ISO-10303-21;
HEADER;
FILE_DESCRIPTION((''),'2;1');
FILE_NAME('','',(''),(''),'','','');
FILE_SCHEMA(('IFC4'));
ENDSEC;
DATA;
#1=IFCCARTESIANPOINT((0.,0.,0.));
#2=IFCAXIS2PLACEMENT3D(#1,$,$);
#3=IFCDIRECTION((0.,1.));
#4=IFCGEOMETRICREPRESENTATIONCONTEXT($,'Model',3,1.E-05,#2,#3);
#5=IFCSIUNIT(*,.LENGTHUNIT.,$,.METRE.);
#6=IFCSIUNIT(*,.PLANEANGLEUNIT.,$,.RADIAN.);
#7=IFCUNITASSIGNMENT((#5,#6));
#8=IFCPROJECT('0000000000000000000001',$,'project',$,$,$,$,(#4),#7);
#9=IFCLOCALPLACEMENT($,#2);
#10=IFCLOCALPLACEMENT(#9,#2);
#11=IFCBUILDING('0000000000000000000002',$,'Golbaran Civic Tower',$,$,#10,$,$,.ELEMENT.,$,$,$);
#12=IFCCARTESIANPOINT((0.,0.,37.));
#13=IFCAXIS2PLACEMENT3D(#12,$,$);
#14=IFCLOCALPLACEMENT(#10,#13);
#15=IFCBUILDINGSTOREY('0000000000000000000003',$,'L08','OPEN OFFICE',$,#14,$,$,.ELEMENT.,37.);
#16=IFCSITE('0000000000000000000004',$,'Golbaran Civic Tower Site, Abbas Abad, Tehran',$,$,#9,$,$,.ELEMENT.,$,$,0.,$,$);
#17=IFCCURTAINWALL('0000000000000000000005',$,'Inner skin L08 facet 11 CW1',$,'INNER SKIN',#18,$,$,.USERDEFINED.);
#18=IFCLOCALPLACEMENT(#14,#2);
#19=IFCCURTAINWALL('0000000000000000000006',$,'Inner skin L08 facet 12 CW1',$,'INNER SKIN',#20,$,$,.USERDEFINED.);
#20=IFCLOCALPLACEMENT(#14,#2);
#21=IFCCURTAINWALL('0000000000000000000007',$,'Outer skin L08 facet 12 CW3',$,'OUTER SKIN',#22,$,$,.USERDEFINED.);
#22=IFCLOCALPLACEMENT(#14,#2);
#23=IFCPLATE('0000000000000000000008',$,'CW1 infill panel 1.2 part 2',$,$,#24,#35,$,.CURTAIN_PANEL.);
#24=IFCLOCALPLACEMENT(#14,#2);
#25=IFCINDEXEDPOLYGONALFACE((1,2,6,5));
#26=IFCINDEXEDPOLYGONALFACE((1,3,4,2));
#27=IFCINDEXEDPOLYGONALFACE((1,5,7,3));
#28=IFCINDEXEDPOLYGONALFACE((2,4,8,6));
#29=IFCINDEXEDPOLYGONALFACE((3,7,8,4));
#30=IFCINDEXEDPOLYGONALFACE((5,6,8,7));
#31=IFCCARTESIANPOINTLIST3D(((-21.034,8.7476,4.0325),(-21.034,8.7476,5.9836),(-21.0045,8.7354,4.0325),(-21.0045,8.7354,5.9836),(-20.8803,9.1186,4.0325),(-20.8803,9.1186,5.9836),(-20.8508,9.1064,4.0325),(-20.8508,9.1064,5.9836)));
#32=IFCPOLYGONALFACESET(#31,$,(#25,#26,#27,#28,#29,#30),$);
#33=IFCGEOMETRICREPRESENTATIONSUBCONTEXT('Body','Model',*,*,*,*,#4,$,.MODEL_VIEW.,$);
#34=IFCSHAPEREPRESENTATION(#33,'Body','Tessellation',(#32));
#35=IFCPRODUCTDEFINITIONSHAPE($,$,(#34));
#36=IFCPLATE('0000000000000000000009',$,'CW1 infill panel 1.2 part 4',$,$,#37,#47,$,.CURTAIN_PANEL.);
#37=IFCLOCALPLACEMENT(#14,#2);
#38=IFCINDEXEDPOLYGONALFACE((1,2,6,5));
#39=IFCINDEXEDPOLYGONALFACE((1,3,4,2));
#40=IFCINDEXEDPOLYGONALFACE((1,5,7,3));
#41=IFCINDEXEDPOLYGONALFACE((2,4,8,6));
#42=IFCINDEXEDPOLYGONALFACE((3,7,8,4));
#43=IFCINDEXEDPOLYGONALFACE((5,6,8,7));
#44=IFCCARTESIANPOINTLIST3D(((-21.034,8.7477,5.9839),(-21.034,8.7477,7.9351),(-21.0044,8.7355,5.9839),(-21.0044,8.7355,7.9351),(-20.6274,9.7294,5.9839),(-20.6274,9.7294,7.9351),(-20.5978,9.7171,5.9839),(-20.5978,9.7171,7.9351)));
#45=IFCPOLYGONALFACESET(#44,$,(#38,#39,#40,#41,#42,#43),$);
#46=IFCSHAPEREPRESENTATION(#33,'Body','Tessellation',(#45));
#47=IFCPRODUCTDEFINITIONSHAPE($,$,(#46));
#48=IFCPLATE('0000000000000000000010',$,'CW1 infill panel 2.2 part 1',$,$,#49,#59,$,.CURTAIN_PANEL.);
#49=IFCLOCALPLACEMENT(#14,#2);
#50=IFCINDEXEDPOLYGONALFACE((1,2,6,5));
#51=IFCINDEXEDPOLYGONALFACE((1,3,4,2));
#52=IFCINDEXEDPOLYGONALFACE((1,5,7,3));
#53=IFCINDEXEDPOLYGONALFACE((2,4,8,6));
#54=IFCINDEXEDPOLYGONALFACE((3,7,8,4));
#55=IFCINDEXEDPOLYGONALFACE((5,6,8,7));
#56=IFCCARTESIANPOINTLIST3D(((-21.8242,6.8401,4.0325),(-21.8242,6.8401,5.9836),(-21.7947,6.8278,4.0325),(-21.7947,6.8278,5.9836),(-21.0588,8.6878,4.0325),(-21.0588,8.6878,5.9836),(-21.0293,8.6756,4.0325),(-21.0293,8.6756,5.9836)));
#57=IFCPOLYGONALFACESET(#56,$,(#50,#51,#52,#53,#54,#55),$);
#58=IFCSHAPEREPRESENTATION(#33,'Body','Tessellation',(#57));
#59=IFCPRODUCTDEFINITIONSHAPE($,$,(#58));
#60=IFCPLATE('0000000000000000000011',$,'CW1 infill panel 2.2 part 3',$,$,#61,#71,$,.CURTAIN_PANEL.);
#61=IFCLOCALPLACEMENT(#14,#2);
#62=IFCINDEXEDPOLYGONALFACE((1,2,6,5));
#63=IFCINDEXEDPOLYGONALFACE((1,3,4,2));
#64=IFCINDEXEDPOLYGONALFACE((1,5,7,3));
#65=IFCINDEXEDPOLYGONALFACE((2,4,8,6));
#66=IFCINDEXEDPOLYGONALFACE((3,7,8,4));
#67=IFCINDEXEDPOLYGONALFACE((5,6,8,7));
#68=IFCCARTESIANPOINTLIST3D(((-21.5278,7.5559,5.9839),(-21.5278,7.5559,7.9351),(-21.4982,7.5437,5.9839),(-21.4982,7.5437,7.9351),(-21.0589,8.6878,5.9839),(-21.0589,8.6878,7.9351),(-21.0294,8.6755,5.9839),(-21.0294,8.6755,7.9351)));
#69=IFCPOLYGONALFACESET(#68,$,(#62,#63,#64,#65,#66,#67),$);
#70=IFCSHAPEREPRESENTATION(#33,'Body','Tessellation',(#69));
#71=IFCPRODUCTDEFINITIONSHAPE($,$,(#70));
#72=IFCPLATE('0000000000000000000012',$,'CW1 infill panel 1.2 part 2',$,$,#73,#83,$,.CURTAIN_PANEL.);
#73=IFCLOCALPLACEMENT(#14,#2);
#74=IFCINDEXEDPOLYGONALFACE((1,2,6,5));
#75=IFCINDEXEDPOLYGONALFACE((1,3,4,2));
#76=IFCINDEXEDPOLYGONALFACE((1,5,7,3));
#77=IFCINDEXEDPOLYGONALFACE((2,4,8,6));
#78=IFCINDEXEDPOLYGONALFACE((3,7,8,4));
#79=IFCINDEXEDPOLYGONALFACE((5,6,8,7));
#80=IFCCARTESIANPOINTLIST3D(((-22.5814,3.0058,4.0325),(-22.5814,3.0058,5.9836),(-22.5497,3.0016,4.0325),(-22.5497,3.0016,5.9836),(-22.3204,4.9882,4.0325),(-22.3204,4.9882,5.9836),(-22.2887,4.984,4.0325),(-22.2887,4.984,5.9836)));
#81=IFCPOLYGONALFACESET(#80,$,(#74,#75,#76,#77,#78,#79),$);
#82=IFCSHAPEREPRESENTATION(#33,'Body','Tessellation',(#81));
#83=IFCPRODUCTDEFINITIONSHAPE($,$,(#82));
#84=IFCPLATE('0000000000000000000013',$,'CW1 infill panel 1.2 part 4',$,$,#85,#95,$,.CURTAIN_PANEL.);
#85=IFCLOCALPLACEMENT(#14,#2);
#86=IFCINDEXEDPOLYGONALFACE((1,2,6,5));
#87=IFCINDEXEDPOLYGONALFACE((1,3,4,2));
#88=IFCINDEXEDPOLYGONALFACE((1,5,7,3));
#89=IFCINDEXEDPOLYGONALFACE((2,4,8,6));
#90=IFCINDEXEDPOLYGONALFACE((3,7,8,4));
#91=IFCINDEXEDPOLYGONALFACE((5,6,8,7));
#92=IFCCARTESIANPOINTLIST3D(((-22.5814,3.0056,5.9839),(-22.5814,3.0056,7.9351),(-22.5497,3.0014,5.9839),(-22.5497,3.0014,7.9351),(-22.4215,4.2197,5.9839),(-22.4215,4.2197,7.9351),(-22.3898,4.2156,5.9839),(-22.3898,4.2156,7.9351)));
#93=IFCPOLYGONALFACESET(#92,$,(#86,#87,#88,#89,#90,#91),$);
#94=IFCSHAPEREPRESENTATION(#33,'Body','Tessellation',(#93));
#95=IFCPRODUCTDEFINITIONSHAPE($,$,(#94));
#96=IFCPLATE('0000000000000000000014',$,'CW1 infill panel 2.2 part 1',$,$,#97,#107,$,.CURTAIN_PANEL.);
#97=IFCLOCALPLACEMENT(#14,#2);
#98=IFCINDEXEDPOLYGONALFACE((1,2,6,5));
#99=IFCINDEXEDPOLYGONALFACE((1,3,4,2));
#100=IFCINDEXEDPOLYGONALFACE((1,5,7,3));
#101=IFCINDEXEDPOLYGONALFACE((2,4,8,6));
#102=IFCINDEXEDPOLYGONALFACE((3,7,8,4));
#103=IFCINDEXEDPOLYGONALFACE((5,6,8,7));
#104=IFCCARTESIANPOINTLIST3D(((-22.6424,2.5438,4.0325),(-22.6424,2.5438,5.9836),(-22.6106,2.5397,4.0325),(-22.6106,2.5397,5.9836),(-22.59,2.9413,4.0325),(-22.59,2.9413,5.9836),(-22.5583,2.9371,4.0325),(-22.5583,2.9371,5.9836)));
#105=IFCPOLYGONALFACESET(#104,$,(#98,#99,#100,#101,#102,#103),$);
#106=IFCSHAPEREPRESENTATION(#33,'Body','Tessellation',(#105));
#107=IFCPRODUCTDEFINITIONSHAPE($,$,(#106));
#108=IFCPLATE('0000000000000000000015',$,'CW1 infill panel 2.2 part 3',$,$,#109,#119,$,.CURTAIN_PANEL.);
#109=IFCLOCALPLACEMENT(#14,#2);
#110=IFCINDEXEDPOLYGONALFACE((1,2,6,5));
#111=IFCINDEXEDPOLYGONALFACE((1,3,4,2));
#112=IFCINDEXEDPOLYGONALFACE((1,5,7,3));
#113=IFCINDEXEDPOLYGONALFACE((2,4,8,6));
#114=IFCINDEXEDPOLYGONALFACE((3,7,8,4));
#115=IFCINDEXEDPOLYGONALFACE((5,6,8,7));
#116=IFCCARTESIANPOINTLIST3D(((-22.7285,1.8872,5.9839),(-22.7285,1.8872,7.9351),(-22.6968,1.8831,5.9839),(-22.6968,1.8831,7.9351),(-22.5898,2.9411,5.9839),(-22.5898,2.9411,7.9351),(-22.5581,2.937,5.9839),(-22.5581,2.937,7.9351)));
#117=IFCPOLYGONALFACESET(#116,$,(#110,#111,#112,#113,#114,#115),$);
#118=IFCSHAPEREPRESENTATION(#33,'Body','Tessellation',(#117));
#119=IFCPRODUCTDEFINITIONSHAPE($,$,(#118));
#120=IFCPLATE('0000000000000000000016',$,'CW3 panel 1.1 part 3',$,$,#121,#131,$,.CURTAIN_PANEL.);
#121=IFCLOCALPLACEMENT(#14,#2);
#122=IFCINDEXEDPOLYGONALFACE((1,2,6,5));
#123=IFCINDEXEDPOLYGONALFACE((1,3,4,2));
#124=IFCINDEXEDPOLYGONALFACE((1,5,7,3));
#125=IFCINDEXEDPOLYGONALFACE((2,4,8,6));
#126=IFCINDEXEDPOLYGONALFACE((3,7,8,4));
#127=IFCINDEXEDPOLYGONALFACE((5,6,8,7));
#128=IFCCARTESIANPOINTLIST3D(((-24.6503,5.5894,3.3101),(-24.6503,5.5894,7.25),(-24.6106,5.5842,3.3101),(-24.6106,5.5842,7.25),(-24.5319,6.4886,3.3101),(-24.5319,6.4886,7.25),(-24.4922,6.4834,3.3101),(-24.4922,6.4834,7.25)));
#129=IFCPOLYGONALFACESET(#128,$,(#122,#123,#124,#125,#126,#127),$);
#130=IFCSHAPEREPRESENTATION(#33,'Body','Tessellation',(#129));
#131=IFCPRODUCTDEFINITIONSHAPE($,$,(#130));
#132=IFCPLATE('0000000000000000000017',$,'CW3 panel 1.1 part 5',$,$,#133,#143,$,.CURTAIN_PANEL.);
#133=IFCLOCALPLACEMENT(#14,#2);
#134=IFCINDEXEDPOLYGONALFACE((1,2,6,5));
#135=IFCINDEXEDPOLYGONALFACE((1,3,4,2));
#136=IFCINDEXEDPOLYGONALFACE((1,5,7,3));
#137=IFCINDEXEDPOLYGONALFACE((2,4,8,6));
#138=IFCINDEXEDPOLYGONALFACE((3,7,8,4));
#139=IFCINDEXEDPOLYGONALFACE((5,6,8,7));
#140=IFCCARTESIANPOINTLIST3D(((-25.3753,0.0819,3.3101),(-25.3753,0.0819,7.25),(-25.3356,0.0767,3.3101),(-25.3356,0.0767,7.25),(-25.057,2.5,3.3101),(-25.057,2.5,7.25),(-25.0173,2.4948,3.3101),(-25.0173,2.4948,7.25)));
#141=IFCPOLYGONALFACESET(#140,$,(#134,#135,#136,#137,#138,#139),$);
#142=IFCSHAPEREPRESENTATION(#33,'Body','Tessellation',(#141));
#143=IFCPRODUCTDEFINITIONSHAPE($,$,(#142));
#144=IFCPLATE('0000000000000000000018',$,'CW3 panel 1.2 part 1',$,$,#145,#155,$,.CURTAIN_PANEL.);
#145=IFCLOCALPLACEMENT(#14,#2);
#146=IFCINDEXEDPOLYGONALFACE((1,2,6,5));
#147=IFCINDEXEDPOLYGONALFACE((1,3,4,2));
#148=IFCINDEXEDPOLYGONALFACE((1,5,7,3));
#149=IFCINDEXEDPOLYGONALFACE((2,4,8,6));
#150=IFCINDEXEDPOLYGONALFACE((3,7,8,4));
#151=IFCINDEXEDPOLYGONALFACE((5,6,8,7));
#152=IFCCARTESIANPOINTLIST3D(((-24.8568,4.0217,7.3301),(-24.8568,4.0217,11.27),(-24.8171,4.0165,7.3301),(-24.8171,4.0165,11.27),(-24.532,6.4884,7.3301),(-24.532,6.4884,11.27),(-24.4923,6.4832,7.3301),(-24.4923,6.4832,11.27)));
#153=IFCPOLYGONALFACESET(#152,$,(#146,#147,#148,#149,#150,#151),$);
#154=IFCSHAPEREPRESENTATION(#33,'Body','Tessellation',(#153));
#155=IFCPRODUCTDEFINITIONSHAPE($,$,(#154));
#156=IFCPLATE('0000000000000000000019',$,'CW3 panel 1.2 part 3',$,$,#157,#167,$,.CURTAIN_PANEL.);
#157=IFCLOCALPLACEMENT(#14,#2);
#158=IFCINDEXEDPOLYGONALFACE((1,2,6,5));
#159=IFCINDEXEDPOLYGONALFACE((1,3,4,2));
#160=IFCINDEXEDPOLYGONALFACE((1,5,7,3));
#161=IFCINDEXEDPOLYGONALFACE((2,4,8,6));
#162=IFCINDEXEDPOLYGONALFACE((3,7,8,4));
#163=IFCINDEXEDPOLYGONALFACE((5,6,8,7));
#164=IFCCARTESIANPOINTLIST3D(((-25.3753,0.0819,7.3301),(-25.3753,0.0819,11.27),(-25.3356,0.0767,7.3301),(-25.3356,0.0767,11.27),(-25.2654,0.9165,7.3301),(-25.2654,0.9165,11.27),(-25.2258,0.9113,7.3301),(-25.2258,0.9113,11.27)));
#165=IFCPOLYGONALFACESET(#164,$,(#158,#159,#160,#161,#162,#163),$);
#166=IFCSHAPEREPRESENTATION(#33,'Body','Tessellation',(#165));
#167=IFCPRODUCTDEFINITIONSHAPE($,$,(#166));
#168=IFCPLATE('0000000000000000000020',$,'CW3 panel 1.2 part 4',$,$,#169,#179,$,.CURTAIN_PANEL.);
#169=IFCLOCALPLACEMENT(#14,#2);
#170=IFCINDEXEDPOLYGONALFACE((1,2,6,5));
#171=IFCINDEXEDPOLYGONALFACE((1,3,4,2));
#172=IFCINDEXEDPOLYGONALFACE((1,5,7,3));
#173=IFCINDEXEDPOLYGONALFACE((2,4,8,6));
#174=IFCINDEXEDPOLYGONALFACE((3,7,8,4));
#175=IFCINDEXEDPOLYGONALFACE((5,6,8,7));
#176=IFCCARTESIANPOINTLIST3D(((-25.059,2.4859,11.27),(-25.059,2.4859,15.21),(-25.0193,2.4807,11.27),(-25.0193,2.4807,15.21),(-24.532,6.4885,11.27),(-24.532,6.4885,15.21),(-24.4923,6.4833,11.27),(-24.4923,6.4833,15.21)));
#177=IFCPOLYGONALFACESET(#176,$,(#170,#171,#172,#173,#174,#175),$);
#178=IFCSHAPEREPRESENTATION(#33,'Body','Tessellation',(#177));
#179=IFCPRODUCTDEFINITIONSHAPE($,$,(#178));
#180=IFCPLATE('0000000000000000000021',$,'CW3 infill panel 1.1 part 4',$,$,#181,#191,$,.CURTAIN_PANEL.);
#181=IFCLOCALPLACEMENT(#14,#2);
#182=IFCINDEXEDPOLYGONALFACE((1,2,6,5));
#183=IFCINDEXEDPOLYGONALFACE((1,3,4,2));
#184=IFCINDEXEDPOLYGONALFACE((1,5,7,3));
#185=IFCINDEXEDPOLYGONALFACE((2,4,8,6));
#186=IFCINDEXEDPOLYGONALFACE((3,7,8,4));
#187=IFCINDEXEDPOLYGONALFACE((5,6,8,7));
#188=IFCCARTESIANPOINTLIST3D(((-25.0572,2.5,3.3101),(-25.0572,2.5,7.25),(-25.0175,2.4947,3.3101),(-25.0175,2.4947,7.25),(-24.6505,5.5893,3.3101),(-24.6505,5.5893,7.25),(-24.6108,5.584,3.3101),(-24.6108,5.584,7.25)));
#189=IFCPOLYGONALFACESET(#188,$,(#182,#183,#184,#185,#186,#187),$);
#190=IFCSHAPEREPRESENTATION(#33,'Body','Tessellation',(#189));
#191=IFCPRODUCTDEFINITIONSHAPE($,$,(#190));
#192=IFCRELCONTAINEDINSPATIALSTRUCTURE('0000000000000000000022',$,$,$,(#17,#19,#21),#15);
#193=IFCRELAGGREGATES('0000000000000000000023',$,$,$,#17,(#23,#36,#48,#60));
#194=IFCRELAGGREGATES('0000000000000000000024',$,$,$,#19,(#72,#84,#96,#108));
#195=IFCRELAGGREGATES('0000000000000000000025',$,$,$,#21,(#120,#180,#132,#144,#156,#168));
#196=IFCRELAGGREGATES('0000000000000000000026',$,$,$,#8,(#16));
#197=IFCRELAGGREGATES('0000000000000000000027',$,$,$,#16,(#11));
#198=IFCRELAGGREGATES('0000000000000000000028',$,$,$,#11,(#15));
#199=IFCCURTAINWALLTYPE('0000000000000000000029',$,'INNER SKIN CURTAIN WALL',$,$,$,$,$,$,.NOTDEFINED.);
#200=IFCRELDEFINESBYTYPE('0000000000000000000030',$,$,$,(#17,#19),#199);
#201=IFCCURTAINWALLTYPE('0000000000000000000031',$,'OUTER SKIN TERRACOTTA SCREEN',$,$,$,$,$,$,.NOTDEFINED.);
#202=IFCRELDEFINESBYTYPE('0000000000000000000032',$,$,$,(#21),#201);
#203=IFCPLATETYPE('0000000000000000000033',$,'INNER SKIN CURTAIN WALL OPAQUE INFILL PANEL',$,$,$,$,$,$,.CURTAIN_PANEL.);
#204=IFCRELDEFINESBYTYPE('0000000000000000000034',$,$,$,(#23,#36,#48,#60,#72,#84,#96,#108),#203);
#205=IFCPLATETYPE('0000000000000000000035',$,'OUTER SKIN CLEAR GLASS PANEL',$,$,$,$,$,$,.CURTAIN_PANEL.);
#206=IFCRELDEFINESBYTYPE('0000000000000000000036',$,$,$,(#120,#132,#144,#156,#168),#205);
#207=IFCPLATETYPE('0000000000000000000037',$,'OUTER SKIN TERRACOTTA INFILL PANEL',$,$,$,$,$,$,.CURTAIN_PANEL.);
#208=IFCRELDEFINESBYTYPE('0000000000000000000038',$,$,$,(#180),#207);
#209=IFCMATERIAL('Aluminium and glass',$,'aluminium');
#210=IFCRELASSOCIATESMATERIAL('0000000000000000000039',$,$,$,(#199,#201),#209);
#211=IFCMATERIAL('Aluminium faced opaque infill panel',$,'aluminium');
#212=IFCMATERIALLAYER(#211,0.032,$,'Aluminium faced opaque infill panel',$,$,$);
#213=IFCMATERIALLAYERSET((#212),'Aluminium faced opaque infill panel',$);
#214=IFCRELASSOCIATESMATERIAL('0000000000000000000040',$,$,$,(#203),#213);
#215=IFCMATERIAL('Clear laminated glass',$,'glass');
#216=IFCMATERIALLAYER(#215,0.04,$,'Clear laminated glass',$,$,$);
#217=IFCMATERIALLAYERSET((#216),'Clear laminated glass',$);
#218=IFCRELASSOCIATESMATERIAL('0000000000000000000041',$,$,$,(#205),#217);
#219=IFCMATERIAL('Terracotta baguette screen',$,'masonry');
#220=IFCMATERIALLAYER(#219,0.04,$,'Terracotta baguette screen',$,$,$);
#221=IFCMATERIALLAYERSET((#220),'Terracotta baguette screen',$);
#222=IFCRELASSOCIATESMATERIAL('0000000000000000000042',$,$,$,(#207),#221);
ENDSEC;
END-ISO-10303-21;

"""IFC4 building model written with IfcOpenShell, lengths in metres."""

from ifc_helpers import new_model, si_unit, direction, frame, origin, origin_2d, place, context, subcontext, project, spatial, rectangle, extrude, material, layer, layer_set, type_object, element, aggregate, save


model = new_model("IFC4")

# Units and contexts
model_context = context("Model", 3, precision=1e-05, world=origin(), true_north=direction((0.0, 1.0)))
body_context = subcontext(model_context, "Body", "Model", "MODEL_VIEW")
ifc_project = project(units=[si_unit("LENGTHUNIT", "METRE"), si_unit("PLANEANGLEUNIT", "RADIAN")], contexts=[model_context])

# Site, building, storey
site_placement = place(None, origin())
site = spatial("IfcSite", under=ifc_project, at=site_placement, Name="Golbaran Civic Tower Site, Abbas Abad, Tehran", CompositionType="ELEMENT", RefElevation=0.0)
building_placement = place(site_placement, origin())
building = spatial("IfcBuilding", under=site, at=building_placement, Name="Golbaran Civic Tower", CompositionType="ELEMENT")
storey_placement = place(building_placement, frame((0.0, 0.0, 37.0)))
storey = spatial("IfcBuildingStorey", under=building, at=storey_placement, Name="L08", Description="OPEN OFFICE", CompositionType="ELEMENT", Elevation=37.0)

# Curtain walls
ifc_material_1 = material(Name="Aluminium and glass", Category="aluminium")
curtain_wall_type_1 = type_object("IfcCurtainWallType", Name="INNER SKIN CURTAIN WALL", PredefinedType="NOTDEFINED", material=ifc_material_1)
curtain_wall_1_placement = place(storey_placement, origin())
curtain_wall_1 = element("IfcCurtainWall", 1, at=curtain_wall_1_placement, inside=storey, type_object=curtain_wall_type_1, Name="Inner skin L08 facet 11 CW1", ObjectType="INNER SKIN", PredefinedType="USERDEFINED")
curtain_wall_2_placement = place(storey_placement, origin())
curtain_wall_2 = element("IfcCurtainWall", 2, at=curtain_wall_2_placement, inside=storey, type_object=curtain_wall_type_1, Name="Inner skin L08 facet 12 CW1", ObjectType="INNER SKIN", PredefinedType="USERDEFINED")
curtain_wall_type_2 = type_object("IfcCurtainWallType", Name="OUTER SKIN TERRACOTTA SCREEN", PredefinedType="NOTDEFINED", material=ifc_material_1)
curtain_wall_3_placement = place(storey_placement, origin())
curtain_wall_3 = element("IfcCurtainWall", 3, at=curtain_wall_3_placement, inside=storey, type_object=curtain_wall_type_2, Name="Outer skin L08 facet 12 CW3", ObjectType="OUTER SKIN", PredefinedType="USERDEFINED")

# Plates
ifc_material_2 = material(Name="Aluminium faced opaque infill panel", Category="aluminium")
ifc_layer_1 = layer(ifc_material_2, 0.032, Name="Aluminium faced opaque infill panel")
ifc_layer_set_1 = layer_set([ifc_layer_1], Name="Aluminium faced opaque infill panel")
plate_type_1 = type_object("IfcPlateType", Name="INNER SKIN CURTAIN WALL OPAQUE INFILL PANEL", PredefinedType="CURTAIN_PANEL", material=ifc_layer_set_1)
plate_1_placement = place(storey_placement, frame((-20.9424, 8.927, 4.0325), z_axis=(0.0, 0.0, 1.0), x_axis=(-0.382683, -0.92388, 0.0)))
plate_1 = element("IfcPlate", 4, at=plate_1_placement, type_object=plate_type_1, Name="CW1 infill panel 1.2 part 2", PredefinedType="CURTAIN_PANEL", context=body_context, shape_type="SweptSolid", body=[
    extrude(rectangle(XDim=0.4016, YDim=0.032, at=origin_2d()), origin(), (0.0, 0.0, 1.0), 1.9512),
])
plate_2_placement = place(storey_placement, frame((-20.8159, 9.2324, 5.9839), z_axis=(0.0, 0.0, 1.0), x_axis=(-0.382683, -0.92388, 0.0)))
plate_2 = element("IfcPlate", 5, at=plate_2_placement, type_object=plate_type_1, Name="CW1 infill panel 1.2 part 4", PredefinedType="CURTAIN_PANEL", context=body_context, shape_type="SweptSolid", body=[
    extrude(rectangle(XDim=1.0625, YDim=0.032, at=origin_2d()), origin(), (0.0, 0.0, 1.0), 1.9512),
])
plate_3_placement = place(storey_placement, frame((-21.4268, 7.7578, 4.0325), z_axis=(0.0, 0.0, 1.0), x_axis=(-0.382683, -0.92388, 0.0)))
plate_3 = element("IfcPlate", 6, at=plate_3_placement, type_object=plate_type_1, Name="CW1 infill panel 2.2 part 1", PredefinedType="CURTAIN_PANEL", context=body_context, shape_type="SweptSolid", body=[
    extrude(rectangle(XDim=2.0, YDim=0.032, at=origin_2d()), origin(), (0.0, 0.0, 1.0), 1.9512),
])
plate_4_placement = place(storey_placement, frame((-21.2786, 8.1157, 5.9839), z_axis=(0.0, 0.0, 1.0), x_axis=(-0.382683, -0.92388, 0.0)))
plate_4 = element("IfcPlate", 7, at=plate_4_placement, type_object=plate_type_1, Name="CW1 infill panel 2.2 part 3", PredefinedType="CURTAIN_PANEL", context=body_context, shape_type="SweptSolid", body=[
    extrude(rectangle(XDim=1.2251, YDim=0.032, at=origin_2d()), origin(), (0.0, 0.0, 1.0), 1.9512),
])
aggregate(curtain_wall_1, [plate_1, plate_2, plate_3, plate_4])
plate_5_placement = place(storey_placement, frame((-22.4351, 3.9949, 4.0325), z_axis=(0.0, 0.0, 1.0), x_axis=(-0.130526, -0.991445, 0.0)))
plate_5 = element("IfcPlate", 8, at=plate_5_placement, type_object=plate_type_1, Name="CW1 infill panel 1.2 part 2", PredefinedType="CURTAIN_PANEL", context=body_context, shape_type="SweptSolid", body=[
    extrude(rectangle(XDim=1.9995, YDim=0.032, at=origin_2d()), origin(), (0.0, 0.0, 1.0), 1.9512),
])
plate_6_placement = place(storey_placement, frame((-22.4856, 3.6106, 5.9839), z_axis=(0.0, 0.0, 1.0), x_axis=(-0.130526, -0.991445, 0.0)))
plate_6 = element("IfcPlate", 9, at=plate_6_placement, type_object=plate_type_1, Name="CW1 infill panel 1.2 part 4", PredefinedType="CURTAIN_PANEL", context=body_context, shape_type="SweptSolid", body=[
    extrude(rectangle(XDim=1.2246, YDim=0.032, at=origin_2d()), origin(), (0.0, 0.0, 1.0), 1.9512),
])
plate_7_placement = place(storey_placement, frame((-22.6003, 2.7405, 4.0325), z_axis=(0.0, 0.0, 1.0), x_axis=(-0.130526, -0.991445, 0.0)))
plate_7 = element("IfcPlate", 10, at=plate_7_placement, type_object=plate_type_1, Name="CW1 infill panel 2.2 part 1", PredefinedType="CURTAIN_PANEL", context=body_context, shape_type="SweptSolid", body=[
    extrude(rectangle(XDim=0.4009, YDim=0.032, at=origin_2d()), origin(), (0.0, 0.0, 1.0), 1.9512),
])
plate_8_placement = place(storey_placement, frame((-22.6433, 2.4121, 5.9839), z_axis=(0.0, 0.0, 1.0), x_axis=(-0.130526, -0.991445, 0.0)))
plate_8 = element("IfcPlate", 11, at=plate_8_placement, type_object=plate_type_1, Name="CW1 infill panel 2.2 part 3", PredefinedType="CURTAIN_PANEL", context=body_context, shape_type="SweptSolid", body=[
    extrude(rectangle(XDim=1.063, YDim=0.032, at=origin_2d()), origin(), (0.0, 0.0, 1.0), 1.9512),
])
aggregate(curtain_wall_2, [plate_5, plate_6, plate_7, plate_8])
ifc_material_3 = material(Name="Clear laminated glass", Category="glass")
ifc_layer_2 = layer(ifc_material_3, 0.04, Name="Clear laminated glass")
ifc_layer_set_2 = layer_set([ifc_layer_2], Name="Clear laminated glass")
plate_type_2 = type_object("IfcPlateType", Name="OUTER SKIN CLEAR GLASS PANEL", PredefinedType="CURTAIN_PANEL", material=ifc_layer_set_2)
plate_9_placement = place(storey_placement, frame((-24.5713, 6.0364, 3.3101), z_axis=(0.0, 0.0, 1.0), x_axis=(-0.130526, -0.991445, 0.0)))
plate_9 = element("IfcPlate", 12, at=plate_9_placement, type_object=plate_type_2, Name="CW3 panel 1.1 part 3", PredefinedType="CURTAIN_PANEL", context=body_context, shape_type="SweptSolid", body=[
    extrude(rectangle(XDim=0.907, YDim=0.04, at=origin_2d()), origin(), (0.0, 0.0, 1.0), 3.9399),
])
plate_10_placement = place(storey_placement, frame((-25.1963, 1.2883, 3.3101), z_axis=(0.0, 0.0, 1.0), x_axis=(-0.130526, -0.991445, 0.0)))
plate_10 = element("IfcPlate", 13, at=plate_10_placement, type_object=plate_type_2, Name="CW3 panel 1.1 part 5", PredefinedType="CURTAIN_PANEL", context=body_context, shape_type="SweptSolid", body=[
    extrude(rectangle(XDim=2.439, YDim=0.04, at=origin_2d()), origin(), (0.0, 0.0, 1.0), 3.9399),
])
plate_11_placement = place(storey_placement, frame((-24.6746, 5.2524, 7.3301), z_axis=(0.0, 0.0, 1.0), x_axis=(-0.130526, -0.991445, 0.0)))
plate_11 = element("IfcPlate", 14, at=plate_11_placement, type_object=plate_type_2, Name="CW3 panel 1.2 part 1", PredefinedType="CURTAIN_PANEL", context=body_context, shape_type="SweptSolid", body=[
    extrude(rectangle(XDim=2.488, YDim=0.04, at=origin_2d()), origin(), (0.0, 0.0, 1.0), 3.9399),
])
plate_12_placement = place(storey_placement, frame((-25.3005, 0.4966, 7.3301), z_axis=(0.0, 0.0, 1.0), x_axis=(-0.130526, -0.991445, 0.0)))
plate_12 = element("IfcPlate", 15, at=plate_12_placement, type_object=plate_type_2, Name="CW3 panel 1.2 part 3", PredefinedType="CURTAIN_PANEL", context=body_context, shape_type="SweptSolid", body=[
    extrude(rectangle(XDim=0.8418, YDim=0.04, at=origin_2d()), origin(), (0.0, 0.0, 1.0), 3.9399),
])
plate_13_placement = place(storey_placement, frame((-24.7756, 4.4846, 11.27), z_axis=(0.0, 0.0, 1.0), x_axis=(-0.130526, -0.991445, 0.0)))
plate_13 = element("IfcPlate", 16, at=plate_13_placement, type_object=plate_type_2, Name="CW3 panel 1.2 part 4", PredefinedType="CURTAIN_PANEL", context=body_context, shape_type="SweptSolid", body=[
    extrude(rectangle(XDim=4.0371, YDim=0.04, at=origin_2d()), origin(), (0.0, 0.0, 1.0), 3.9399),
])
ifc_material_4 = material(Name="Terracotta baguette screen", Category="masonry")
ifc_layer_3 = layer(ifc_material_4, 0.04, Name="Terracotta baguette screen")
ifc_layer_set_3 = layer_set([ifc_layer_3], Name="Terracotta baguette screen")
plate_type_3 = type_object("IfcPlateType", Name="OUTER SKIN TERRACOTTA INFILL PANEL", PredefinedType="CURTAIN_PANEL", material=ifc_layer_set_3)
plate_14_placement = place(storey_placement, frame((-24.834, 4.042, 3.3101), z_axis=(0.0, 0.0, 1.0), x_axis=(-0.130526, -0.991445, 0.0)))
plate_14 = element("IfcPlate", 17, at=plate_14_placement, type_object=plate_type_3, Name="CW3 infill panel 1.1 part 4", PredefinedType="CURTAIN_PANEL", context=body_context, shape_type="SweptSolid", body=[
    extrude(rectangle(XDim=3.116, YDim=0.04, at=origin_2d()), origin(), (0.0, 0.0, 1.0), 3.9399),
])
aggregate(curtain_wall_3, [plate_9, plate_14, plate_10, plate_11, plate_12, plate_13])

save(model, "model.ifc")
